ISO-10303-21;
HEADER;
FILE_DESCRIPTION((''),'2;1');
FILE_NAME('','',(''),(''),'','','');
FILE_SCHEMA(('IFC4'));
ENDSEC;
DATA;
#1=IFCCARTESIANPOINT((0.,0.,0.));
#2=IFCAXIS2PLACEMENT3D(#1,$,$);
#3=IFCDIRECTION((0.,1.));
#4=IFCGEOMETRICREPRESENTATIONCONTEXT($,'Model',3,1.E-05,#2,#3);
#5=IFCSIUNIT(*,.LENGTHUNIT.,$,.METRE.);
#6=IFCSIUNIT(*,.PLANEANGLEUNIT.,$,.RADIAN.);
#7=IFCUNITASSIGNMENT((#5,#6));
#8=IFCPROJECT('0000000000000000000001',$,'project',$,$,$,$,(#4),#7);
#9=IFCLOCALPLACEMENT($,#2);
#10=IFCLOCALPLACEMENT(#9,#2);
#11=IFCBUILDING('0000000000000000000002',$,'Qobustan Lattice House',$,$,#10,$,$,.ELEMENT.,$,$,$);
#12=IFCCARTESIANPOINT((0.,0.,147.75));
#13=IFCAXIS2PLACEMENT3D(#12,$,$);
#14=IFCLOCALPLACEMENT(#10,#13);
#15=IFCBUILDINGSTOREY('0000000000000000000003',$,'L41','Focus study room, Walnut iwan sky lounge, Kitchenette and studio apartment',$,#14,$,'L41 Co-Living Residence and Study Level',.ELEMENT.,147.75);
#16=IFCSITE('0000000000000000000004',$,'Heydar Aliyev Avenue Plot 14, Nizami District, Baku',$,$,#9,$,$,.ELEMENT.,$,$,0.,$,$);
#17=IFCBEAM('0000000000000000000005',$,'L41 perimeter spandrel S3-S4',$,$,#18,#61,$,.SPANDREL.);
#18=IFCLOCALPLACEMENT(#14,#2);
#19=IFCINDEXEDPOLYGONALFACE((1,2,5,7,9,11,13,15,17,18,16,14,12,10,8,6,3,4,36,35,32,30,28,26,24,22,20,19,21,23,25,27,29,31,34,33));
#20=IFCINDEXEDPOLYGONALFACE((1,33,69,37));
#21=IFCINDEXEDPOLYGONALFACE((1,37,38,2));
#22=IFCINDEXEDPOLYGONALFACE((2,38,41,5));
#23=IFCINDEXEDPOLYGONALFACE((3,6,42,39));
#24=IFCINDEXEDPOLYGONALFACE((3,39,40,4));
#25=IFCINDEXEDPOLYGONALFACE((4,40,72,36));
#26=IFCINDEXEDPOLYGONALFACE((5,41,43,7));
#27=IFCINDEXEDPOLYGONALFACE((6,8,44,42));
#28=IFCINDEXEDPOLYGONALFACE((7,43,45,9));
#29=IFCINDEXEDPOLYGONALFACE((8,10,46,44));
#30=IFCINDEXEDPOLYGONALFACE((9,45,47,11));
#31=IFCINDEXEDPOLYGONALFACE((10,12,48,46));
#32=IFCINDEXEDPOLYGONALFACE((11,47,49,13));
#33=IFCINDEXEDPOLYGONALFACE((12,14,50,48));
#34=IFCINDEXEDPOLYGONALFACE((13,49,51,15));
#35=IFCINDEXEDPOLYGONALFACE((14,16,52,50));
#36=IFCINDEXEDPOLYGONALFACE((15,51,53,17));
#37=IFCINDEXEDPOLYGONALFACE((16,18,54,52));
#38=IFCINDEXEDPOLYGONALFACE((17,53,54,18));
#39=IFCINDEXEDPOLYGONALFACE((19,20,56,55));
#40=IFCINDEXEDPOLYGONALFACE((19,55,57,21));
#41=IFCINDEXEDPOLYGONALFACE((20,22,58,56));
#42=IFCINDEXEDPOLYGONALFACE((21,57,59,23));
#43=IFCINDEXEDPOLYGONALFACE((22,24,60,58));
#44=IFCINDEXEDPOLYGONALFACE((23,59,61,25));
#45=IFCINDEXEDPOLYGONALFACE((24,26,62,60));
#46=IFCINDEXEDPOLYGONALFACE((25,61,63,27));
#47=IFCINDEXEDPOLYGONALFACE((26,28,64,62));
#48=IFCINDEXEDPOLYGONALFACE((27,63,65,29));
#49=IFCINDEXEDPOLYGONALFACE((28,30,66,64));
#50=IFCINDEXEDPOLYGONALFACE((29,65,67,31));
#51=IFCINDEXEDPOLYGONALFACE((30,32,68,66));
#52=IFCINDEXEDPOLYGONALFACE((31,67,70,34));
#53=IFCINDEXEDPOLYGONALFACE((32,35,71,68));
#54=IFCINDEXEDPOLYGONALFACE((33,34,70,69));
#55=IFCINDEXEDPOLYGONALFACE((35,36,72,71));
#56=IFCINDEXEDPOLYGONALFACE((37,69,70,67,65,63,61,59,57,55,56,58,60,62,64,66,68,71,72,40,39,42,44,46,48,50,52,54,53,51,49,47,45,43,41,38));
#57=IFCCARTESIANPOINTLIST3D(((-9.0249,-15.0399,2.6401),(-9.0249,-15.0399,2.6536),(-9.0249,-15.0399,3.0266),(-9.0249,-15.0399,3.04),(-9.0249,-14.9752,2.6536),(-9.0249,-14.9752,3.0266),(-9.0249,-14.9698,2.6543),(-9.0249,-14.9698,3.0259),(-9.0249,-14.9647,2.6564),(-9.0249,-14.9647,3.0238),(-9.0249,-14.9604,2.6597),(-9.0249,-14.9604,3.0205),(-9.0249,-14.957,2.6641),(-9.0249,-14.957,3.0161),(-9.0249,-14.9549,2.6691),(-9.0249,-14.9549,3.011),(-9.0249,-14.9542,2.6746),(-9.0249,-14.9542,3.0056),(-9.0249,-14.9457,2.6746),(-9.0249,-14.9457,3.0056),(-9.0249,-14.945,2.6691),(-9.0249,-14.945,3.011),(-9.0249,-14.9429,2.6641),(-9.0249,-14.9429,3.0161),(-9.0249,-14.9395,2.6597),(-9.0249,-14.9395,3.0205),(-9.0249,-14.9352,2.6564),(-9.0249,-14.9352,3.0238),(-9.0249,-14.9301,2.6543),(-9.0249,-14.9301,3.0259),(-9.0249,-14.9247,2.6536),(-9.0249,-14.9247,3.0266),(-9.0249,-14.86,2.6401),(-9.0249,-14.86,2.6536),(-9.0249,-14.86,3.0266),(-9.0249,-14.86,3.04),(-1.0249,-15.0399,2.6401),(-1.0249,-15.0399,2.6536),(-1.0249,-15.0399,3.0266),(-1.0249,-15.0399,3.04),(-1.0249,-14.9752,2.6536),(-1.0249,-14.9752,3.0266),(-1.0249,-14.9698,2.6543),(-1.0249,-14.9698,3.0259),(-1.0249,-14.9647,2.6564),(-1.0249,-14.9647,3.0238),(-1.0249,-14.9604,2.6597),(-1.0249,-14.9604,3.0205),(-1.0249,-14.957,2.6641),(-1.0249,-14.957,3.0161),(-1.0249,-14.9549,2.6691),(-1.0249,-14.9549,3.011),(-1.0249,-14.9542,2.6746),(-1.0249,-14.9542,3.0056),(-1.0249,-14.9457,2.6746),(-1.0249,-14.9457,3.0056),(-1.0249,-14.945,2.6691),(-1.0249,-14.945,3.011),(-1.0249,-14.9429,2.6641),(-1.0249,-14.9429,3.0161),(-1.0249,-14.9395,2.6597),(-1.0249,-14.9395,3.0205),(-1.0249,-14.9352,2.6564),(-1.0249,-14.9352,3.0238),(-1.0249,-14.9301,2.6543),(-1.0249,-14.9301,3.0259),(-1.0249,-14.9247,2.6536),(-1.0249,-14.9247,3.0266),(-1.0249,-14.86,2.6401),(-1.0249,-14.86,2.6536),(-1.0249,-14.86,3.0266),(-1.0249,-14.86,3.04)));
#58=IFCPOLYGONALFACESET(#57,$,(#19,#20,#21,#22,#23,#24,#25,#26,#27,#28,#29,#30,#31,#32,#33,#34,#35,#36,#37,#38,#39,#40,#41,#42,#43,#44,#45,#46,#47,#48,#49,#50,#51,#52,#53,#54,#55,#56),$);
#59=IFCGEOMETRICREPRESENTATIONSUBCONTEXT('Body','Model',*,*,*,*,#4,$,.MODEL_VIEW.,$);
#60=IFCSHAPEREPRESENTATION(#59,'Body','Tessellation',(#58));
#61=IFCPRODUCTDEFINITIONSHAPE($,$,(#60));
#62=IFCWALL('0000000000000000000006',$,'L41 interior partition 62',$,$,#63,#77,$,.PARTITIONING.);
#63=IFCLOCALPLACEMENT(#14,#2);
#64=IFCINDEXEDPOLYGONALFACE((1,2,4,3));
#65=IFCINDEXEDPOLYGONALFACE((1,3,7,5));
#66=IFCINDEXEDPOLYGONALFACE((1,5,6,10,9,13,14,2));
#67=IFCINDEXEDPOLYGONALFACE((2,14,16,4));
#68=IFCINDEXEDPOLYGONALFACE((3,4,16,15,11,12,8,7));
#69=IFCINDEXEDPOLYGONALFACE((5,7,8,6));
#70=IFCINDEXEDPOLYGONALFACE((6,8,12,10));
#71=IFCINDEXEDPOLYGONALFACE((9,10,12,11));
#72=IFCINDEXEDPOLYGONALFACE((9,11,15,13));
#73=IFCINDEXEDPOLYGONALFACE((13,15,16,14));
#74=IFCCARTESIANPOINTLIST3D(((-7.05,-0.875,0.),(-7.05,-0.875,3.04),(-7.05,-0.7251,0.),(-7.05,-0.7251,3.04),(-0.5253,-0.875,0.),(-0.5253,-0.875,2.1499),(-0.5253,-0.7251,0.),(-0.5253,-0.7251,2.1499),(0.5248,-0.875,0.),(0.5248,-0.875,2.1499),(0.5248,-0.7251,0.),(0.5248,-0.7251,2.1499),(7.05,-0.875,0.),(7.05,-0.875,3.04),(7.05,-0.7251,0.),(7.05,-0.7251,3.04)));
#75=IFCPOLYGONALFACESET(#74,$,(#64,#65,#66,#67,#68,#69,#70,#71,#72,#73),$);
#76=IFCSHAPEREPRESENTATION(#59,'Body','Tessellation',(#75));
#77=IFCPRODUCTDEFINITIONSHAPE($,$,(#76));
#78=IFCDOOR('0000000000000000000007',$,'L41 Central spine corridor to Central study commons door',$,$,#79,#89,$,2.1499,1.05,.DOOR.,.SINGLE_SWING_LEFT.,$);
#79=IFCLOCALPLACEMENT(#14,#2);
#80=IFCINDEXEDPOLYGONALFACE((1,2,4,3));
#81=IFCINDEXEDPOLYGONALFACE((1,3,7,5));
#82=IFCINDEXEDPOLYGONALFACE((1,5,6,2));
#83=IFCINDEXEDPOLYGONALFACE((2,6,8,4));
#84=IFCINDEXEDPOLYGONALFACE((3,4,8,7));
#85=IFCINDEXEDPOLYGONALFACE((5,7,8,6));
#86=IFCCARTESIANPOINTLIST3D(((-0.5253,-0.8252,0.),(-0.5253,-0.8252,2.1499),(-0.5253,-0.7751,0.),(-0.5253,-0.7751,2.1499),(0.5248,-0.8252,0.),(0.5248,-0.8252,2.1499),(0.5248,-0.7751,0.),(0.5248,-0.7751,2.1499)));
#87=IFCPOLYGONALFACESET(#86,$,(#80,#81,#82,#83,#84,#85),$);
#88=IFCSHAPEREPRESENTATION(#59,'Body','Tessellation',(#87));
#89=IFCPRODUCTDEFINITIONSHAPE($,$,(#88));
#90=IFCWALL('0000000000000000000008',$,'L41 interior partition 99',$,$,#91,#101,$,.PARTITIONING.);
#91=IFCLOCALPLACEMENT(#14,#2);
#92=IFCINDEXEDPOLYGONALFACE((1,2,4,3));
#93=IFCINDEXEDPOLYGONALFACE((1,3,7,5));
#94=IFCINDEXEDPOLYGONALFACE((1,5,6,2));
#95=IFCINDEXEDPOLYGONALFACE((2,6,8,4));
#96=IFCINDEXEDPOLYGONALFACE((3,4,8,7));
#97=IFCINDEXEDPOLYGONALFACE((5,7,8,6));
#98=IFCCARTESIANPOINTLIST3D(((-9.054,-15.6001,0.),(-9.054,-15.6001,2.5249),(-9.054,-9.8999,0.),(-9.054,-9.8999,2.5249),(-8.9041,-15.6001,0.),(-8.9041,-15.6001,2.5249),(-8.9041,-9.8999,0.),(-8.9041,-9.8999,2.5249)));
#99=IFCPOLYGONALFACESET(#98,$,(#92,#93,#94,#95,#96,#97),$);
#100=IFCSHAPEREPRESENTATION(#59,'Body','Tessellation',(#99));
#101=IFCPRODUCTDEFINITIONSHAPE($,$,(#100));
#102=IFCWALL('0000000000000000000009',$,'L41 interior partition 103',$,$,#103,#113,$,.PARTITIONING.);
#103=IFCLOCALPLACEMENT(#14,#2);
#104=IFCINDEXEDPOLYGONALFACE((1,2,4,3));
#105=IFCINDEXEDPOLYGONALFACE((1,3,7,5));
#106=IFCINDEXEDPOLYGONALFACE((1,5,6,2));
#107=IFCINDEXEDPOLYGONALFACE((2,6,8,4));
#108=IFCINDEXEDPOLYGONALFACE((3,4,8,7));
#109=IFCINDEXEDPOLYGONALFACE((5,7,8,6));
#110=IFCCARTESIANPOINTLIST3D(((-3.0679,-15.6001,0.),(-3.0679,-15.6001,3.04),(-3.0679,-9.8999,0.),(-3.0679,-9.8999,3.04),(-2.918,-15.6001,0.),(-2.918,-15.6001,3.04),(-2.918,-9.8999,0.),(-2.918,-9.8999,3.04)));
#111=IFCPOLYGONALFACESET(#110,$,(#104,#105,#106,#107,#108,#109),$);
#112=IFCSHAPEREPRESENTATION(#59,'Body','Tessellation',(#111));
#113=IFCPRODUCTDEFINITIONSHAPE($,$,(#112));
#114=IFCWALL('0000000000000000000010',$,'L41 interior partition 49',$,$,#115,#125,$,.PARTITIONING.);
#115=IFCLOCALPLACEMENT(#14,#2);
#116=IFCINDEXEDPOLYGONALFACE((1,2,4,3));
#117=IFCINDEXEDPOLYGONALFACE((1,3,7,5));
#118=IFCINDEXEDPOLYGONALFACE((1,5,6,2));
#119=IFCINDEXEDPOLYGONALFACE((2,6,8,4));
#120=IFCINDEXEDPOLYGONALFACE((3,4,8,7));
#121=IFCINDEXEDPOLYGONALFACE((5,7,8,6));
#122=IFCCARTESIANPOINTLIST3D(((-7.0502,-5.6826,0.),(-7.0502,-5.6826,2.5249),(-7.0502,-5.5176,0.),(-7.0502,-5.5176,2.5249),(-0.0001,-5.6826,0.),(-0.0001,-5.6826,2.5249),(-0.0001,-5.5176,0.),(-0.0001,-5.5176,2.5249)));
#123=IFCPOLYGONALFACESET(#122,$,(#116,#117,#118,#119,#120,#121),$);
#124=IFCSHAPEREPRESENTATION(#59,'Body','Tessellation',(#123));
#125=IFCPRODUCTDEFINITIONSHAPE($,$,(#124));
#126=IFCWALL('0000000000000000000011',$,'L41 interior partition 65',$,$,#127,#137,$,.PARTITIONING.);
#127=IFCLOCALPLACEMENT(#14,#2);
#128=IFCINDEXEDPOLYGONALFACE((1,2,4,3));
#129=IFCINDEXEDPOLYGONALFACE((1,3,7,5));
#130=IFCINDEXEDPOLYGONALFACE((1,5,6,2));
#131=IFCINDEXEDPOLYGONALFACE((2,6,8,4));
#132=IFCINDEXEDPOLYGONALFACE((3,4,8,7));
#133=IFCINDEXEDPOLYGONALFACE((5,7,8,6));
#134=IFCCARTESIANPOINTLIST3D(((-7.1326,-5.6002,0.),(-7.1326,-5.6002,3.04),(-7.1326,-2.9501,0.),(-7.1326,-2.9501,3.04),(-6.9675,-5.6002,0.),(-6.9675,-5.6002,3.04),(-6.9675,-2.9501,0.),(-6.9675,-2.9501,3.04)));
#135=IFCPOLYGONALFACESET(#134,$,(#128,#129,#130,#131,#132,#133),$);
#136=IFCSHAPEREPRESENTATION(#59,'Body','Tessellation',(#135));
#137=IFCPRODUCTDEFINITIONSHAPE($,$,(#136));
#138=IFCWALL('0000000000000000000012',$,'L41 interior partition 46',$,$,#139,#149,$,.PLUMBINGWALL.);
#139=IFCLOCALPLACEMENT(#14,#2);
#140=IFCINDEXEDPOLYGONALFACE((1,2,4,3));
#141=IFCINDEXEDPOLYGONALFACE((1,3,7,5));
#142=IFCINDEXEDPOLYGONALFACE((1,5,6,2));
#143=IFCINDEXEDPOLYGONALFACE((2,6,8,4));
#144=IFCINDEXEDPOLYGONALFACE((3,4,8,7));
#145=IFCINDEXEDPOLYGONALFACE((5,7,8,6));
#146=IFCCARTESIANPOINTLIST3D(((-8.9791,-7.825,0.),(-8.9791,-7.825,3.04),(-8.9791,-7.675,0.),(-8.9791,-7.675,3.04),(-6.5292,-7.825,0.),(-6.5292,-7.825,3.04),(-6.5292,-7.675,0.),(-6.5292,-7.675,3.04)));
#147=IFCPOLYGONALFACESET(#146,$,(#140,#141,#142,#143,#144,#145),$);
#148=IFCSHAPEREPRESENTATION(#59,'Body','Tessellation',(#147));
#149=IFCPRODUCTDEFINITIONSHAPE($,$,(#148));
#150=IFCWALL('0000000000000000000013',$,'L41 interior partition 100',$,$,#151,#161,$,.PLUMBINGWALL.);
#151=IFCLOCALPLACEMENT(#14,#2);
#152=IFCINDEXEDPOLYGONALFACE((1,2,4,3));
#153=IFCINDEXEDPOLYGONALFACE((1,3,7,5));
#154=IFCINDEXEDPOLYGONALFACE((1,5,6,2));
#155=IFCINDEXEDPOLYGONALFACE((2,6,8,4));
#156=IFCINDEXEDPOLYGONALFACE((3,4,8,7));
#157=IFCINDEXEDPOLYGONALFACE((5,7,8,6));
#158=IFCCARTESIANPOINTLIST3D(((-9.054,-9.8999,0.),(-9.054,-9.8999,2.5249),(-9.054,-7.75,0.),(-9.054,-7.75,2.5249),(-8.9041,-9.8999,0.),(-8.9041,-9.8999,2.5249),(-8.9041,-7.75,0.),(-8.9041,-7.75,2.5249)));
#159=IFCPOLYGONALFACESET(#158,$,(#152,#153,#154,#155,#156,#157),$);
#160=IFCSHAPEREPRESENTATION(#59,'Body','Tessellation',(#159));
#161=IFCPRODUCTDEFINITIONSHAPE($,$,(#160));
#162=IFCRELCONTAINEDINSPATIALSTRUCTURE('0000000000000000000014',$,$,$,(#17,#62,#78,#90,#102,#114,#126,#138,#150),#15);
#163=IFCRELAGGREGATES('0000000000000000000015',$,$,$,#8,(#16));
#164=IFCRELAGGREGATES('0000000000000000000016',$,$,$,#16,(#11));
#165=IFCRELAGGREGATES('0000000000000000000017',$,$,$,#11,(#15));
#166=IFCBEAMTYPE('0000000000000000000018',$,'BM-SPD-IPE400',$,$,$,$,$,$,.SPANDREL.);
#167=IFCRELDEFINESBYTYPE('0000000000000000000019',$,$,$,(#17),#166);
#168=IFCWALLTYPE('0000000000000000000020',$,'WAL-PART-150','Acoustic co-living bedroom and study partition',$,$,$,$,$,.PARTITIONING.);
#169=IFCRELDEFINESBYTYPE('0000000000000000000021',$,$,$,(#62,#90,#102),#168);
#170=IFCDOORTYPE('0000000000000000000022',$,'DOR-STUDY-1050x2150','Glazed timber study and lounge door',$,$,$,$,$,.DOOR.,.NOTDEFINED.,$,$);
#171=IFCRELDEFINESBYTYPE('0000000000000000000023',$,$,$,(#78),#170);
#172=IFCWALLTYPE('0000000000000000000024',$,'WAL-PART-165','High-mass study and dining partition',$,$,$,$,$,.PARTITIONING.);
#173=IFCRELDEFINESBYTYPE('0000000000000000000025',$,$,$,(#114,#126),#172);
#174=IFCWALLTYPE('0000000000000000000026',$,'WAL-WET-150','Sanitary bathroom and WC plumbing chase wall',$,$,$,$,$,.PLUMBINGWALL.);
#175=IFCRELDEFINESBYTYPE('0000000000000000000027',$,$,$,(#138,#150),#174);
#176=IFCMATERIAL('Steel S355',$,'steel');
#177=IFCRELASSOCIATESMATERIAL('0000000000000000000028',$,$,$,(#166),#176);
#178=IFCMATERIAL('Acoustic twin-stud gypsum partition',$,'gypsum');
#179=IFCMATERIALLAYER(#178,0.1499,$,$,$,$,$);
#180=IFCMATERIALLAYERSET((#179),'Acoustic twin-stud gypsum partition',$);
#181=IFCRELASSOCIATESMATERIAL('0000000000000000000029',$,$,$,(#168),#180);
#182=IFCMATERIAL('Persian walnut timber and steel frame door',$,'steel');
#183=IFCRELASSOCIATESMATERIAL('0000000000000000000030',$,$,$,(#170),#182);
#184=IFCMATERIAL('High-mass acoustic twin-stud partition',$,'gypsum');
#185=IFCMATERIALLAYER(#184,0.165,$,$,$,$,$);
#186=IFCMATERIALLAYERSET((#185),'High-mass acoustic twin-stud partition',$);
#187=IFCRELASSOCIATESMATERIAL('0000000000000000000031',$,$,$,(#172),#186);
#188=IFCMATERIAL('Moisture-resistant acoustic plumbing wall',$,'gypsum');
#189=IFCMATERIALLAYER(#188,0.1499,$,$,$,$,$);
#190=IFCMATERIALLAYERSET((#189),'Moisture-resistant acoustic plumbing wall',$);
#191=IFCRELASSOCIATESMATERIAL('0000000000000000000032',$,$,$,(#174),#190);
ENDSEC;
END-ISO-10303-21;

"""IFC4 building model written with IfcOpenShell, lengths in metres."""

from ifc_helpers import new_model, si_unit, direction, frame, frame_2d, origin, origin_2d, place, context, subcontext, project, spatial, rectangle, i_section, extrude, material, layer, layer_set, material_profile, profile_set, type_object, element, fill, save


model = new_model("IFC4")

# Units and contexts
model_context = context("Model", 3, precision=1e-05, world=origin(), true_north=direction((0.0, 1.0)))
body_context = subcontext(model_context, "Body", "Model", "MODEL_VIEW")
ifc_project = project(units=[si_unit("LENGTHUNIT", "METRE"), si_unit("PLANEANGLEUNIT", "RADIAN")], contexts=[model_context])

# Site, building, storey
site_placement = place(None, origin())
site = spatial("IfcSite", under=ifc_project, at=site_placement, Name="Heydar Aliyev Avenue Plot 14, Nizami District, Baku", CompositionType="ELEMENT", RefElevation=0.0)
building_placement = place(site_placement, origin())
building = spatial("IfcBuilding", under=site, at=building_placement, Name="Qobustan Lattice House", CompositionType="ELEMENT")
storey_placement = place(building_placement, frame((0.0, 0.0, 147.75)))
storey = spatial("IfcBuildingStorey", under=building, at=storey_placement, Name="L41", Description="Focus study room, Walnut iwan sky lounge, Kitchenette and studio apartment", LongName="L41 Co-Living Residence and Study Level", CompositionType="ELEMENT", Elevation=147.75)

# Beam
ifc_material_1 = material(Name="Steel S355", Category="steel")
ifc_material_profile_1 = material_profile(ifc_material_1, i_section(OverallWidth=0.1799, OverallDepth=0.3999, WebThickness=0.0085, FlangeThickness=0.0134, FilletRadius=0.021, at=origin_2d()), Name="IPE400")
ifc_profile_set_1 = profile_set([ifc_material_profile_1], Name="Steel S355")
beam_type_1 = type_object("IfcBeamType", Name="BM-SPD-IPE400", PredefinedType="SPANDREL", material=ifc_profile_set_1)
beam_1_placement = place(storey_placement, frame((-9.0249, -14.95, 2.8401), z_axis=(1.0, 0.0, 0.0), x_axis=(0.0, 1.0, 0.0)))
element("IfcBeam", 1, at=beam_1_placement, inside=storey, type_object=beam_type_1, Name="L41 perimeter spandrel S3-S4", PredefinedType="SPANDREL", context=body_context, shape_type="SweptSolid", body=[
    extrude(i_section(OverallWidth=0.1799, OverallDepth=0.3999, WebThickness=0.0085, FlangeThickness=0.0134, FilletRadius=0.021, at=origin_2d()), origin(), (0.0, 0.0, 1.0), 8.0),
])

# Wall, opening, door
ifc_material_2 = material(Name="Acoustic twin-stud gypsum partition", Category="gypsum")
ifc_layer_1 = layer(ifc_material_2, 0.1499)
ifc_layer_set_1 = layer_set([ifc_layer_1], Name="Acoustic twin-stud gypsum partition")
wall_type_1 = type_object("IfcWallType", Name="WAL-PART-150", Description="Acoustic co-living bedroom and study partition", PredefinedType="PARTITIONING", material=ifc_layer_set_1)
wall_1_placement = place(storey_placement, frame((-7.05, -0.8, 0.0), z_axis=(0.0, 0.0, 1.0), x_axis=(1.0, 0.0, 0.0)))
wall_1 = element("IfcWall", 2, at=wall_1_placement, inside=storey, type_object=wall_type_1, Name="L41 interior partition 62", PredefinedType="PARTITIONING", context=body_context, shape_type="SweptSolid", body=[
    extrude(rectangle(XDim=14.1001, YDim=0.1499, at=frame_2d((7.05, 0.0))), origin(), (0.0, 0.0, 1.0), 3.04),
])
opening_1_placement = place(wall_1_placement, frame((6.5249, 0.0, 0.0)))
opening_1 = element("IfcOpeningElement", 3, at=opening_1_placement, cuts=wall_1, PredefinedType="OPENING", context=body_context, shape_type="SweptSolid", body=[
    extrude(rectangle(XDim=1.05, YDim=2.1499, at=frame_2d((0.5249, 1.075))), frame((0.0, 0.085, 0.0), z_axis=(0.0, -1.0, 0.0), x_axis=(1.0, 0.0, 0.0)), (0.0, 0.0, 1.0), 0.1699),
])
ifc_material_3 = material(Name="Persian walnut timber and steel frame door", Category="steel")
door_type_1 = type_object("IfcDoorType", Name="DOR-STUDY-1050x2150", Description="Glazed timber study and lounge door", OperationType="NOTDEFINED", PredefinedType="DOOR", material=ifc_material_3)
door_1_placement = place(opening_1_placement, origin())
door_1 = element("IfcDoor", 4, at=door_1_placement, inside=storey, type_object=door_type_1, Name="L41 Central spine corridor to Central study commons door", OperationType="SINGLE_SWING_LEFT", OverallHeight=2.1499, OverallWidth=1.05, PredefinedType="DOOR", context=body_context, shape_type="SweptSolid", body=[
    extrude(rectangle(XDim=1.05, YDim=2.1499, at=frame_2d((0.5249, 1.075))), frame((0.0, 0.0249, 0.0), z_axis=(0.0, -1.0, 0.0), x_axis=(1.0, 0.0, 0.0)), (0.0, 0.0, 1.0), 0.05),
])
fill(opening_1, door_1)

# Walls
wall_2_placement = place(storey_placement, frame((-8.979, -9.8999, 0.0), z_axis=(0.0, 0.0, 1.0), x_axis=(0.0, -1.0, 0.0)))
element("IfcWall", 5, at=wall_2_placement, inside=storey, type_object=wall_type_1, Name="L41 interior partition 99", PredefinedType="PARTITIONING", context=body_context, shape_type="SweptSolid", body=[
    extrude(rectangle(XDim=5.7002, YDim=0.1499, at=frame_2d((2.8501, 0.0))), origin(), (0.0, 0.0, 1.0), 2.5249),
])
wall_3_placement = place(storey_placement, frame((-2.9929, -9.8999, 0.0), z_axis=(0.0, 0.0, 1.0), x_axis=(0.0, -1.0, 0.0)))
element("IfcWall", 6, at=wall_3_placement, inside=storey, type_object=wall_type_1, Name="L41 interior partition 103", PredefinedType="PARTITIONING", context=body_context, shape_type="SweptSolid", body=[
    extrude(rectangle(XDim=5.7002, YDim=0.1499, at=frame_2d((2.8501, 0.0))), origin(), (0.0, 0.0, 1.0), 3.04),
])
ifc_material_4 = material(Name="High-mass acoustic twin-stud partition", Category="gypsum")
ifc_layer_2 = layer(ifc_material_4, 0.165)
ifc_layer_set_2 = layer_set([ifc_layer_2], Name="High-mass acoustic twin-stud partition")
wall_type_2 = type_object("IfcWallType", Name="WAL-PART-165", Description="High-mass study and dining partition", PredefinedType="PARTITIONING", material=ifc_layer_set_2)
wall_4_placement = place(storey_placement, frame((-7.05, -5.6001, 0.0), z_axis=(0.0, 0.0, 1.0), x_axis=(1.0, 0.0, 0.0)))
element("IfcWall", 7, at=wall_4_placement, inside=storey, type_object=wall_type_2, Name="L41 interior partition 49", PredefinedType="PARTITIONING", context=body_context, shape_type="SweptSolid", body=[
    extrude(rectangle(XDim=7.05, YDim=0.165, at=frame_2d((3.5249, 0.0))), origin(), (0.0, 0.0, 1.0), 2.5249),
])
wall_5_placement = place(storey_placement, frame((-7.05, -2.95, 0.0), z_axis=(0.0, 0.0, 1.0), x_axis=(0.0, -1.0, 0.0)))
element("IfcWall", 8, at=wall_5_placement, inside=storey, type_object=wall_type_2, Name="L41 interior partition 65", PredefinedType="PARTITIONING", context=body_context, shape_type="SweptSolid", body=[
    extrude(rectangle(XDim=2.6501, YDim=0.165, at=frame_2d((1.3252, 0.0))), origin(), (0.0, 0.0, 1.0), 3.04),
])
ifc_material_5 = material(Name="Moisture-resistant acoustic plumbing wall", Category="gypsum")
ifc_layer_3 = layer(ifc_material_5, 0.1499)
ifc_layer_set_3 = layer_set([ifc_layer_3], Name="Moisture-resistant acoustic plumbing wall")
wall_type_3 = type_object("IfcWallType", Name="WAL-WET-150", Description="Sanitary bathroom and WC plumbing chase wall", PredefinedType="PLUMBINGWALL", material=ifc_layer_set_3)
wall_6_placement = place(storey_placement, frame((-6.5291, -7.75, 0.0), z_axis=(0.0, 0.0, 1.0), x_axis=(-1.0, 0.0, 0.0)))
element("IfcWall", 9, at=wall_6_placement, inside=storey, type_object=wall_type_3, Name="L41 interior partition 46", PredefinedType="PLUMBINGWALL", context=body_context, shape_type="SweptSolid", body=[
    extrude(rectangle(XDim=2.45, YDim=0.1499, at=frame_2d((1.2251, 0.0))), origin(), (0.0, 0.0, 1.0), 3.04),
])
wall_7_placement = place(storey_placement, frame((-8.979, -7.75, 0.0), z_axis=(0.0, 0.0, 1.0), x_axis=(0.0, -1.0, 0.0)))
element("IfcWall", 10, at=wall_7_placement, inside=storey, type_object=wall_type_3, Name="L41 interior partition 100", PredefinedType="PLUMBINGWALL", context=body_context, shape_type="SweptSolid", body=[
    extrude(rectangle(XDim=2.1499, YDim=0.1499, at=frame_2d((1.075, 0.0))), origin(), (0.0, 0.0, 1.0), 2.5249),
])

save(model, "model.ifc")
